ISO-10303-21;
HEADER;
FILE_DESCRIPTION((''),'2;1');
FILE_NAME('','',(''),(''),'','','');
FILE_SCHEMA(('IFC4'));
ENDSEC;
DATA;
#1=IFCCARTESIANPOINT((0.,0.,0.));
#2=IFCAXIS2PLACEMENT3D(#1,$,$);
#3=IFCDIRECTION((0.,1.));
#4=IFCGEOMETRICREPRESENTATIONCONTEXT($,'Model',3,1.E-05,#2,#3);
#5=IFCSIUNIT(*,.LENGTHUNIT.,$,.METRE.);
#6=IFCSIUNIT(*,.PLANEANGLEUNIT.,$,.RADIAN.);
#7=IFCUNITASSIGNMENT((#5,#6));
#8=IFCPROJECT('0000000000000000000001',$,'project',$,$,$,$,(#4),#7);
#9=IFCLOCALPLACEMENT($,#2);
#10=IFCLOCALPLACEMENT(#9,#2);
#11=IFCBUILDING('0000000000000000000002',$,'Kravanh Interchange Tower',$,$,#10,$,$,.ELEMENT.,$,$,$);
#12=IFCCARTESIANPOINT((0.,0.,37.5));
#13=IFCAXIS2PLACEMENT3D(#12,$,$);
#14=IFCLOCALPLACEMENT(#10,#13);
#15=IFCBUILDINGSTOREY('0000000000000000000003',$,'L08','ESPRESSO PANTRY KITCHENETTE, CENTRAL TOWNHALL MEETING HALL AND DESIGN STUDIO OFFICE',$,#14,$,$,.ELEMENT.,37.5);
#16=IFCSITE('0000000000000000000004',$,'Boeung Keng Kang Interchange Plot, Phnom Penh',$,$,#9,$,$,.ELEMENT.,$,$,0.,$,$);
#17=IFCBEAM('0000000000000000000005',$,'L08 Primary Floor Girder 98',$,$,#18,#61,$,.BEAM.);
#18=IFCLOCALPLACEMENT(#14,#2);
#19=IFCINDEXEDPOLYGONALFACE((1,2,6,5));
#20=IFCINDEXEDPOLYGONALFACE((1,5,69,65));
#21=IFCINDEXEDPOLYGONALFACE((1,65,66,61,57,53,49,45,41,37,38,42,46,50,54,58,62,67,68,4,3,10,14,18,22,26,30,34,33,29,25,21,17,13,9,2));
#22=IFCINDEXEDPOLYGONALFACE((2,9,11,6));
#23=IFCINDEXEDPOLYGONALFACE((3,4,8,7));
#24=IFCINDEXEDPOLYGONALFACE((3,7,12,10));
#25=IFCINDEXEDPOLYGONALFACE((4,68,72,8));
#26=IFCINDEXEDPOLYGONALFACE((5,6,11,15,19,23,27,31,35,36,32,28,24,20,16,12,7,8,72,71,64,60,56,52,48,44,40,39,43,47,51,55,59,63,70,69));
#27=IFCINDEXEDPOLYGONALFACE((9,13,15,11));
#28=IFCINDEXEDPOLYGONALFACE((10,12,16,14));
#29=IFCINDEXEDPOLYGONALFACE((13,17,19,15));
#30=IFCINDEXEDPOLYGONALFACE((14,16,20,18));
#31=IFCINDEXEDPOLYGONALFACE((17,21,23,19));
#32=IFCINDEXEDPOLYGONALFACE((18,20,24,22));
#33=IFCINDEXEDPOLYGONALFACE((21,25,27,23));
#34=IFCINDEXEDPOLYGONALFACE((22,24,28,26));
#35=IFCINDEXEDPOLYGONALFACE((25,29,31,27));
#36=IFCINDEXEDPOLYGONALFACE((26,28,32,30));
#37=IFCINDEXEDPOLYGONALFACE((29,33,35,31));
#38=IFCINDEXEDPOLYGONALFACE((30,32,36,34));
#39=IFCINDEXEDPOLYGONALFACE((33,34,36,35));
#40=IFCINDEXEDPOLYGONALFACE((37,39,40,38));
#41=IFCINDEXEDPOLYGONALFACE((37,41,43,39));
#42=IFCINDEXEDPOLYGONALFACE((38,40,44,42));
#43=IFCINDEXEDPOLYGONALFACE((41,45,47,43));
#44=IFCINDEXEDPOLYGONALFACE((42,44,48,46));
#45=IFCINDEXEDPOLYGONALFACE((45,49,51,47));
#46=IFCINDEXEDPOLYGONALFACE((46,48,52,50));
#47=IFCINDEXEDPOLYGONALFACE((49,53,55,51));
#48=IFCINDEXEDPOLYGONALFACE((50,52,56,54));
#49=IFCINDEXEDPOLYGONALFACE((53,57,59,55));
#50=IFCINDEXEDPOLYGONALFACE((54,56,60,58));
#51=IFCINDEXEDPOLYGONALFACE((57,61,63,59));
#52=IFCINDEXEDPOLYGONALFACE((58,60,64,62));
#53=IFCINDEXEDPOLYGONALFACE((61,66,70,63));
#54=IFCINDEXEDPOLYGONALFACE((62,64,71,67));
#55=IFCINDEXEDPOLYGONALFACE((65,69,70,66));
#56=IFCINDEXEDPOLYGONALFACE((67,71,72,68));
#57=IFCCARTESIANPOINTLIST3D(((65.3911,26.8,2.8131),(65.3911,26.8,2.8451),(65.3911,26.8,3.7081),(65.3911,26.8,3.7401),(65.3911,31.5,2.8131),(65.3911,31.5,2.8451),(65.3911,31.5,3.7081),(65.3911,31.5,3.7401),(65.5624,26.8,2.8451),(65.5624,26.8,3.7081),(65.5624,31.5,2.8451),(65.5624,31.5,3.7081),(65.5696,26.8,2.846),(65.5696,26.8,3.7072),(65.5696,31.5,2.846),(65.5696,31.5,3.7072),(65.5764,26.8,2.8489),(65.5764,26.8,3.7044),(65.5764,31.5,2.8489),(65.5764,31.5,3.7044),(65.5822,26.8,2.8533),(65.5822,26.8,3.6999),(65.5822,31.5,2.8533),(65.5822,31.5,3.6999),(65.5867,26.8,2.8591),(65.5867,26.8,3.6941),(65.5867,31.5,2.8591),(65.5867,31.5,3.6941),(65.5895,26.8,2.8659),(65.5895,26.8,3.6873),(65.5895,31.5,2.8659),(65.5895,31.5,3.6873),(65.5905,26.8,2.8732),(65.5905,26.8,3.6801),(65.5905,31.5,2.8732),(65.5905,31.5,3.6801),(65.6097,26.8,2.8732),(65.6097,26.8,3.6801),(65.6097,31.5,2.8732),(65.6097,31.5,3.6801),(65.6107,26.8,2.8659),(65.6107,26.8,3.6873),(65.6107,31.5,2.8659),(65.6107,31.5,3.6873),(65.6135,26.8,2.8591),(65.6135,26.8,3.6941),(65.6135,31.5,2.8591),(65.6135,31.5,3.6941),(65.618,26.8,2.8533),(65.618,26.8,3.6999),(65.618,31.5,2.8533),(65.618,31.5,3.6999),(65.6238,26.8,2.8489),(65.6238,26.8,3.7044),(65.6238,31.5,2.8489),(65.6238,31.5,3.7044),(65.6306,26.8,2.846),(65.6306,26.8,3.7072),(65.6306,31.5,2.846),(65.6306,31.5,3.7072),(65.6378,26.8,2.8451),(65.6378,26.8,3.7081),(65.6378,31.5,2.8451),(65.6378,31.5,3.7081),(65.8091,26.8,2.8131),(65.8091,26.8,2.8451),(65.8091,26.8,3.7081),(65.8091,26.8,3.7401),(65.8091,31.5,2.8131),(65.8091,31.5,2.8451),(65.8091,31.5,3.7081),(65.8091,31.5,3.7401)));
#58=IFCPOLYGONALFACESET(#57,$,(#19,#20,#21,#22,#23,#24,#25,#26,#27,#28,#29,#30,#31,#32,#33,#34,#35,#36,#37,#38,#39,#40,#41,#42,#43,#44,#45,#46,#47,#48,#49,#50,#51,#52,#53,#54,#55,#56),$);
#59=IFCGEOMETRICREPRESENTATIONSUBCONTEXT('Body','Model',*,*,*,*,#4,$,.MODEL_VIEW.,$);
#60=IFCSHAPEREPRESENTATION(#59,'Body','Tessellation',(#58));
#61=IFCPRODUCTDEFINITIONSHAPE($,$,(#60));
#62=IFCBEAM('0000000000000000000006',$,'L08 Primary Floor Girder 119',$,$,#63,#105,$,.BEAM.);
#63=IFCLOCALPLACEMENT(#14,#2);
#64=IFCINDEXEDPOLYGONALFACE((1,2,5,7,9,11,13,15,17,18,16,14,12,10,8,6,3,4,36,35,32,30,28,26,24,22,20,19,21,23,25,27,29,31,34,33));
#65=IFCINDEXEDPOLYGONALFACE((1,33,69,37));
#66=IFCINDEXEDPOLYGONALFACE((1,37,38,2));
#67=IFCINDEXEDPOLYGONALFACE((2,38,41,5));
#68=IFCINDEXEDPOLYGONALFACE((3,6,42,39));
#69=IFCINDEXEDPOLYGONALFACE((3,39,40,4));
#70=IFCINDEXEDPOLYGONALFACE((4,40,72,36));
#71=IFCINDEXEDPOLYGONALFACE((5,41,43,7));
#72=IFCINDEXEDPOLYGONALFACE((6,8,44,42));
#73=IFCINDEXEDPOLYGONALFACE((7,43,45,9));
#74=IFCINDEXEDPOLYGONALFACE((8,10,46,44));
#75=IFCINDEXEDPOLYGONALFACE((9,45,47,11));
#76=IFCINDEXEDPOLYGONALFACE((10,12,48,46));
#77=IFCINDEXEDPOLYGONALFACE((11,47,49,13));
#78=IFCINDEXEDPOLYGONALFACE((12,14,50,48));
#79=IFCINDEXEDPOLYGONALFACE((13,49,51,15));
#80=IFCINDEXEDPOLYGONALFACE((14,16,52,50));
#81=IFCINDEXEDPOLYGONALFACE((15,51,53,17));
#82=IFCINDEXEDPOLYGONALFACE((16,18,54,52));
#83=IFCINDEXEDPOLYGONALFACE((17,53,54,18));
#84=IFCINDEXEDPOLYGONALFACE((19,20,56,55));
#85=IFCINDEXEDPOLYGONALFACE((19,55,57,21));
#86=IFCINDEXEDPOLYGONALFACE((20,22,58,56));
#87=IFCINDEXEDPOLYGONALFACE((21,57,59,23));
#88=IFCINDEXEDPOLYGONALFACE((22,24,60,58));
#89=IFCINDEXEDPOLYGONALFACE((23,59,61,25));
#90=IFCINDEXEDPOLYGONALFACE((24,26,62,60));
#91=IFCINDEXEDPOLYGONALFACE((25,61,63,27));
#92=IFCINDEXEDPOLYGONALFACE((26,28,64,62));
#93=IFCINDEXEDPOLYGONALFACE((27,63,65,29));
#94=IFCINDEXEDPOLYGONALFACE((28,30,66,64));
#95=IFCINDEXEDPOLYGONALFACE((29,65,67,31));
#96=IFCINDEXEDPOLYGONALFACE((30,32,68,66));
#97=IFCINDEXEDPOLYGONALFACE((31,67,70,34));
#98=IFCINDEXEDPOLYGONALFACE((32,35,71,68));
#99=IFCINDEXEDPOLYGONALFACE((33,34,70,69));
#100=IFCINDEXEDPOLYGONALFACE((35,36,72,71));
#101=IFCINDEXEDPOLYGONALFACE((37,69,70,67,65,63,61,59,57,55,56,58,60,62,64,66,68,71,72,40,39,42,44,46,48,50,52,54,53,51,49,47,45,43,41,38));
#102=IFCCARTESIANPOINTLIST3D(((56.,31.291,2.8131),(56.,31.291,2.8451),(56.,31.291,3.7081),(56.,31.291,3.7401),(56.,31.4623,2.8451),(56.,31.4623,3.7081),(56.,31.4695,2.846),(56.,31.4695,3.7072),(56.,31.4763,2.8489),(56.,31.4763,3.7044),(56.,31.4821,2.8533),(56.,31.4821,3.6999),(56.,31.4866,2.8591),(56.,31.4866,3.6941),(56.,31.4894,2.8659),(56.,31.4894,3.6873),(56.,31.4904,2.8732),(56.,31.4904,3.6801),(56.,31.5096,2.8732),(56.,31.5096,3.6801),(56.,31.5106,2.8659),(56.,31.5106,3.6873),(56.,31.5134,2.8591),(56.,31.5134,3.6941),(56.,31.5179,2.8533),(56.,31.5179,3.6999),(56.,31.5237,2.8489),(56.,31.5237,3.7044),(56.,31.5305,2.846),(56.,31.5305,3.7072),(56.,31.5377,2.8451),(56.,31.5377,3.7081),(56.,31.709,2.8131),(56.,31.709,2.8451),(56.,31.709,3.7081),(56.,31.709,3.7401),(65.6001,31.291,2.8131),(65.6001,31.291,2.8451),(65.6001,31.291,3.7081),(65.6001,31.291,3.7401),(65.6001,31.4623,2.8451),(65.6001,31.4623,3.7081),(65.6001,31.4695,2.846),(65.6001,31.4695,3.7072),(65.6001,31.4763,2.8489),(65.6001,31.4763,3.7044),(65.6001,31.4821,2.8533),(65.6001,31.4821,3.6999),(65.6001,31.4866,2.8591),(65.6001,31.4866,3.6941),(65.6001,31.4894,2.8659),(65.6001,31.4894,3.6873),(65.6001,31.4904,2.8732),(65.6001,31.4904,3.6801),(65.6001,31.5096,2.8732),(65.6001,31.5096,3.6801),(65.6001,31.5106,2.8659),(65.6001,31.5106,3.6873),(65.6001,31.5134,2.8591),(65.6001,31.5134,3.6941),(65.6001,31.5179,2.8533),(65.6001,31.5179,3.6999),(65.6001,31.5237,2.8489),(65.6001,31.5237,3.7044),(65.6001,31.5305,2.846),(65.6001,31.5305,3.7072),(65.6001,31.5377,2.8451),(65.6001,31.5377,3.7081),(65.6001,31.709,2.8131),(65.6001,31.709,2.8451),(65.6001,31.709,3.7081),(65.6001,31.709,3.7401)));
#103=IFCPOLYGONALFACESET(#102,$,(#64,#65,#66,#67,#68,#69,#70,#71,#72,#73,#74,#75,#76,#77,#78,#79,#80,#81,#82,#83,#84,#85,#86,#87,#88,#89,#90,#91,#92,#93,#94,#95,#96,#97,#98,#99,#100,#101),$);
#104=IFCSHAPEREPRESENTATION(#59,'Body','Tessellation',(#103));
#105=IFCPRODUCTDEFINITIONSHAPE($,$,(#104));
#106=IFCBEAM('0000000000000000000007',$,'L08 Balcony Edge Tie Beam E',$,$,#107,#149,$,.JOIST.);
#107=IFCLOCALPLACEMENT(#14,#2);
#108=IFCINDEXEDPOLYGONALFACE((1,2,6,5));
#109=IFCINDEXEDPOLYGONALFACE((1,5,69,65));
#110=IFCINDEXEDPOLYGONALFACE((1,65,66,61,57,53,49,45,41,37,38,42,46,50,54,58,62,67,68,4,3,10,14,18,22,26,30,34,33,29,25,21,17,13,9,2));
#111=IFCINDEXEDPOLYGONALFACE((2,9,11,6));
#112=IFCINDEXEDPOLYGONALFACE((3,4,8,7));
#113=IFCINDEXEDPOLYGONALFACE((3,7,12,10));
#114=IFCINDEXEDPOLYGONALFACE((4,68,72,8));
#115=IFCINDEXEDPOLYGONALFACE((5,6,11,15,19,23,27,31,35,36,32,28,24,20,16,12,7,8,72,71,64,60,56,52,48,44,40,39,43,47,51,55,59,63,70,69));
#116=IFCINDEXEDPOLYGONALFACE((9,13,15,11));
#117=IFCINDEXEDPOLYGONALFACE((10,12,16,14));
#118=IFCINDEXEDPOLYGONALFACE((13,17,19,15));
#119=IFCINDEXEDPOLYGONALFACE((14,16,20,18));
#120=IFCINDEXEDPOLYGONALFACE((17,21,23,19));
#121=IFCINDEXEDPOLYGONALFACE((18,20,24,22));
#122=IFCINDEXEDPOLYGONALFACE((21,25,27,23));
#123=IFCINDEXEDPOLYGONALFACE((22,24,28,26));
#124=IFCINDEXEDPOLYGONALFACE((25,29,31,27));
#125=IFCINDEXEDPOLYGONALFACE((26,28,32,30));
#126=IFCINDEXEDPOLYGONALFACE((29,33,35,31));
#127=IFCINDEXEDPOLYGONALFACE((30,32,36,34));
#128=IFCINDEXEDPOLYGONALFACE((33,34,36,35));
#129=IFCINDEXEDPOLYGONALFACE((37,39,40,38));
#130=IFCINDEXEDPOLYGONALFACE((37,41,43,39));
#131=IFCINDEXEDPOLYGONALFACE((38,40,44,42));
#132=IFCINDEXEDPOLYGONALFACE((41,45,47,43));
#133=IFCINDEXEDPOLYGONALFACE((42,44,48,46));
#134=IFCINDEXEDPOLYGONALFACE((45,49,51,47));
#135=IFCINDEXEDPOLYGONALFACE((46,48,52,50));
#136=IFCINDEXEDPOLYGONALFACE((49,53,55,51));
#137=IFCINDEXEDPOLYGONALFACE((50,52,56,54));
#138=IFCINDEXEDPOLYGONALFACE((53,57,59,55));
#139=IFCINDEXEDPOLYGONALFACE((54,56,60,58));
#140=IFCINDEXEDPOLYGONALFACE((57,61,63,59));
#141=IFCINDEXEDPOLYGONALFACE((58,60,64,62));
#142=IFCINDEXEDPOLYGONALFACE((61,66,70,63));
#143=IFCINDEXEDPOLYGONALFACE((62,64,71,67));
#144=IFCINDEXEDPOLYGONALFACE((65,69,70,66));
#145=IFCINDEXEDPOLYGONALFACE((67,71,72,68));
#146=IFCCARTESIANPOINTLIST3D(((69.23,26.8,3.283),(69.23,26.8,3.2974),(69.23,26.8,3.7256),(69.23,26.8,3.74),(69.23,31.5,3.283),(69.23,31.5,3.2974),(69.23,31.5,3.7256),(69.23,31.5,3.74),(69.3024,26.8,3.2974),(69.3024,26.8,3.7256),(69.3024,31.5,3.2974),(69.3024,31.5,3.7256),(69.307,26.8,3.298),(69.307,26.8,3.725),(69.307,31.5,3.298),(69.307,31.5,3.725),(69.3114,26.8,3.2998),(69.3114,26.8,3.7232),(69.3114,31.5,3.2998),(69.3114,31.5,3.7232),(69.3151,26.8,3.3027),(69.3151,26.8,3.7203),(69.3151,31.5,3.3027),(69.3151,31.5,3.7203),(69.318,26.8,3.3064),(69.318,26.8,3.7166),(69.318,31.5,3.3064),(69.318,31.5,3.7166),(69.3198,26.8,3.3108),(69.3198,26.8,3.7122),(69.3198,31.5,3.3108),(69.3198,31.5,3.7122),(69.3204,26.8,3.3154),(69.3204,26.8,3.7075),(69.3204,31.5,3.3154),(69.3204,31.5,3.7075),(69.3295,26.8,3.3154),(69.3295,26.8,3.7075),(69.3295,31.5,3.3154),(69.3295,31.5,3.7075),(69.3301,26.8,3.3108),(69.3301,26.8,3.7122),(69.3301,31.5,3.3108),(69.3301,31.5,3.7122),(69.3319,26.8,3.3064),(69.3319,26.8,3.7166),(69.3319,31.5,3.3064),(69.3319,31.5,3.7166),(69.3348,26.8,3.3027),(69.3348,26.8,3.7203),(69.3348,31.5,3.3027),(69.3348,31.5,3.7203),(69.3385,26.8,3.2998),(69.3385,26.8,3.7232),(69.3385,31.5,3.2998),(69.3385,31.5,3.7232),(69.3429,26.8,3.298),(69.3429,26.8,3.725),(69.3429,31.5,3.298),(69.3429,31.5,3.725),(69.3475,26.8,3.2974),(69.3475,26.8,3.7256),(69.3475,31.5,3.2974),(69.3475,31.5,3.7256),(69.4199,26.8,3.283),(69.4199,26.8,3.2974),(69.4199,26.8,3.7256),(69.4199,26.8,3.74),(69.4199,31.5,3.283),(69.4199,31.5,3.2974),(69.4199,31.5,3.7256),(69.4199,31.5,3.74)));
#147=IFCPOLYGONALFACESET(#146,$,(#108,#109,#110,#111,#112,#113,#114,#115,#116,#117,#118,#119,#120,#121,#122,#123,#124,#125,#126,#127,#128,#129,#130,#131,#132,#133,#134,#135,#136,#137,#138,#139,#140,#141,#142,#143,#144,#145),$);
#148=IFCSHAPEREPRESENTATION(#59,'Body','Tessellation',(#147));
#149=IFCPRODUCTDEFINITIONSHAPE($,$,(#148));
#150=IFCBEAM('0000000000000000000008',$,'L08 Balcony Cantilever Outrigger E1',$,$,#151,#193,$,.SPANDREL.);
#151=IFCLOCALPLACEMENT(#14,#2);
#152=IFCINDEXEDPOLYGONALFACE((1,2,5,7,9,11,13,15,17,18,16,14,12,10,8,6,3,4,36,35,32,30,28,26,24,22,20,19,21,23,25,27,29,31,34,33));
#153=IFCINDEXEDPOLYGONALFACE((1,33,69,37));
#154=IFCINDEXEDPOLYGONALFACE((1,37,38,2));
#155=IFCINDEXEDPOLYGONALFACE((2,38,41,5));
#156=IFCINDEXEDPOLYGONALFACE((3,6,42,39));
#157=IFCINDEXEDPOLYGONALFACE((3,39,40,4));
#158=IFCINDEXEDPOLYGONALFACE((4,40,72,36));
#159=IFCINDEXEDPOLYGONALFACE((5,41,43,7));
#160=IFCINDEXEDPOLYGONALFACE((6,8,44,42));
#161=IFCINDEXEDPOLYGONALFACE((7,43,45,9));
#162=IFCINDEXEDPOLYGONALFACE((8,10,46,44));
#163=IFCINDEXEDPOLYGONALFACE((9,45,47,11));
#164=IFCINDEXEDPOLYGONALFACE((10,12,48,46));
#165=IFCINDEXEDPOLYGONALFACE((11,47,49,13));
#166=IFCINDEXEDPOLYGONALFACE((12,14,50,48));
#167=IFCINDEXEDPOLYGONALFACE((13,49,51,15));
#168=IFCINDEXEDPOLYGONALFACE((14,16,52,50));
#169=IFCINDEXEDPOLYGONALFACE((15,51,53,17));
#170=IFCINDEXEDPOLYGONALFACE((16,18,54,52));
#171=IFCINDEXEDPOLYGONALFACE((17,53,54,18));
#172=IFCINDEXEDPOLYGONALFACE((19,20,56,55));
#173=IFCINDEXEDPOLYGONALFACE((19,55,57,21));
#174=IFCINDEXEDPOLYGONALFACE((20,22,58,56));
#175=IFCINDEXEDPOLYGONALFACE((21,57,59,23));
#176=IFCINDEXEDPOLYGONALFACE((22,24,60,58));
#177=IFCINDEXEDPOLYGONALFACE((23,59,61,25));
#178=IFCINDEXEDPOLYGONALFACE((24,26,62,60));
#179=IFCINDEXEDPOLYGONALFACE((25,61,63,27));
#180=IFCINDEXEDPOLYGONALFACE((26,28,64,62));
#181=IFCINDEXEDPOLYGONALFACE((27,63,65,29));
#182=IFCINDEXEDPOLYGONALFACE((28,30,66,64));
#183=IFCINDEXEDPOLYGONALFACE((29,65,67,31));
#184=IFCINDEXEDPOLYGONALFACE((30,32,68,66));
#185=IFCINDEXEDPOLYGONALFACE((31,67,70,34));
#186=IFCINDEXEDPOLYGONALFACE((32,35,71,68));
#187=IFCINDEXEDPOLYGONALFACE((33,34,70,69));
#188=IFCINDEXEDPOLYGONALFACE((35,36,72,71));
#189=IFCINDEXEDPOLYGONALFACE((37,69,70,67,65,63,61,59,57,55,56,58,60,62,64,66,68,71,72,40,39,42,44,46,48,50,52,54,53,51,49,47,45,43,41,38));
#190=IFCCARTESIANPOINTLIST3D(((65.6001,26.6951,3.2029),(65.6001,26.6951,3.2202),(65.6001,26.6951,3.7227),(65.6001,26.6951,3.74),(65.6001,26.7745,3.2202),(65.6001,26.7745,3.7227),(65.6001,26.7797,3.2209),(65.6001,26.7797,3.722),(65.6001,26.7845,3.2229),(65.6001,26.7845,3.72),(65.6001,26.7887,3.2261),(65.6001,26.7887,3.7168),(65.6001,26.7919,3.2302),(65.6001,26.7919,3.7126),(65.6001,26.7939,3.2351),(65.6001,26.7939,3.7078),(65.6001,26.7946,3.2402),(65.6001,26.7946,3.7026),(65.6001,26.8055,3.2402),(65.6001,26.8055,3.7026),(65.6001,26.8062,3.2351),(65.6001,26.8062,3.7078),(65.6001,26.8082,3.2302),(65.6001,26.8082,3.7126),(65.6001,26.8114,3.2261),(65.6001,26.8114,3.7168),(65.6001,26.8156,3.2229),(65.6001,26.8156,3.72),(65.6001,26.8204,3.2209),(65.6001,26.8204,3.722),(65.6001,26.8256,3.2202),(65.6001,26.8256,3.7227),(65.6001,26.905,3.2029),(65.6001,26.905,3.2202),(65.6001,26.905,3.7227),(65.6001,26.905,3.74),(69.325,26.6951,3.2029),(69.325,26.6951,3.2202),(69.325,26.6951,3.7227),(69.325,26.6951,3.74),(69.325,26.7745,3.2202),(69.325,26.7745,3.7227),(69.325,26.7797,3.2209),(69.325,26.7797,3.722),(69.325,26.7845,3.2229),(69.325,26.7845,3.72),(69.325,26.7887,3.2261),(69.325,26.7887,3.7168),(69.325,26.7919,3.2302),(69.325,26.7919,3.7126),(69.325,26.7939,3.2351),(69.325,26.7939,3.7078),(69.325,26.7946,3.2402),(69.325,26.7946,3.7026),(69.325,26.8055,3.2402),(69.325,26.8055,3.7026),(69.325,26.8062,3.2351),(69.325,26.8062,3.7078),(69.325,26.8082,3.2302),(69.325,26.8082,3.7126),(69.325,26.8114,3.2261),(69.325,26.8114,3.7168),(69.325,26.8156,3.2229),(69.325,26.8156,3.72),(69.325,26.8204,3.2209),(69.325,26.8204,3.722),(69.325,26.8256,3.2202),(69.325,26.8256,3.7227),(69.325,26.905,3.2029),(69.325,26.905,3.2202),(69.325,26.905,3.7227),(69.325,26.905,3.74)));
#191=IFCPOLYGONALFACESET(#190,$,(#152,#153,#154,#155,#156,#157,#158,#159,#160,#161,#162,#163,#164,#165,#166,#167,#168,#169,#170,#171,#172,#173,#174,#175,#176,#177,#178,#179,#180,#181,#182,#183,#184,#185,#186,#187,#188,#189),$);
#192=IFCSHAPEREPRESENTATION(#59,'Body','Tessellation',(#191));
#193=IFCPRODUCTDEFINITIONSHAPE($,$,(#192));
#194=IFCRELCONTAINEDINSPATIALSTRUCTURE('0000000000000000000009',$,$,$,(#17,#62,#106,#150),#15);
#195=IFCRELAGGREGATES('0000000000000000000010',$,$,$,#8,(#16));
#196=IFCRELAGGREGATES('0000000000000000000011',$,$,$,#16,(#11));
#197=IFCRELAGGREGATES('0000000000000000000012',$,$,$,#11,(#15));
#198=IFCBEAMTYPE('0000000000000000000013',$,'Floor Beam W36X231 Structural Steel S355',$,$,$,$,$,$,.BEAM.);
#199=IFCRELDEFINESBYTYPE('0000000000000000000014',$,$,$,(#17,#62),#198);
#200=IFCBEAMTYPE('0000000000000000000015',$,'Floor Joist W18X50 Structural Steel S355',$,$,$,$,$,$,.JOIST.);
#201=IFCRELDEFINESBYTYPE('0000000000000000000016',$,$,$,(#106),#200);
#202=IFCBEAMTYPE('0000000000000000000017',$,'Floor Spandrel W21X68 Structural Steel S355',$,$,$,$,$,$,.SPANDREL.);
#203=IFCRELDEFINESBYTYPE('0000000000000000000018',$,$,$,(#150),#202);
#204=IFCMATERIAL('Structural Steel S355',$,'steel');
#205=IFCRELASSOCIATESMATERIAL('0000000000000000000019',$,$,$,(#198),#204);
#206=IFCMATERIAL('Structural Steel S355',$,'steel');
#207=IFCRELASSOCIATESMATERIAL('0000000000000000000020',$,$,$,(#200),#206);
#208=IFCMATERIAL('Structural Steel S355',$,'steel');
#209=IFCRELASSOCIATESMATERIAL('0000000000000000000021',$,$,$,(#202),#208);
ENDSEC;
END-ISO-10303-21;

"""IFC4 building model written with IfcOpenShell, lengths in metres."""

from ifc_helpers import new_model, si_unit, direction, frame, origin, origin_2d, place, context, subcontext, project, spatial, i_section, extrude, material, material_profile, profile_set, type_object, element, save


model = new_model("IFC4")

# Units and contexts
model_context = context("Model", 3, precision=1e-05, world=origin(), true_north=direction((0.0, 1.0)))
body_context = subcontext(model_context, "Body", "Model", "MODEL_VIEW")
ifc_project = project(units=[si_unit("LENGTHUNIT", "METRE"), si_unit("PLANEANGLEUNIT", "RADIAN")], contexts=[model_context])

# Site, building, storey
site_placement = place(None, origin())
site = spatial("IfcSite", under=ifc_project, at=site_placement, Name="Boeung Keng Kang Interchange Plot, Phnom Penh", CompositionType="ELEMENT", RefElevation=0.0)
building_placement = place(site_placement, origin())
building = spatial("IfcBuilding", under=site, at=building_placement, Name="Kravanh Interchange Tower", CompositionType="ELEMENT")
storey_placement = place(building_placement, frame((0.0, 0.0, 37.5)))
storey = spatial("IfcBuildingStorey", under=building, at=storey_placement, Name="L08", Description="ESPRESSO PANTRY KITCHENETTE, CENTRAL TOWNHALL MEETING HALL AND DESIGN STUDIO OFFICE", CompositionType="ELEMENT", Elevation=37.5)

# Beams
ifc_material_1 = material(Name="Structural Steel S355", Category="steel")
ifc_material_profile_1 = material_profile(ifc_material_1, i_section(OverallWidth=0.418, OverallDepth=0.927, WebThickness=0.0193, FlangeThickness=0.032, FilletRadius=0.0281, at=origin_2d()), Name="W36X231")
ifc_profile_set_1 = profile_set([ifc_material_profile_1], Name="Structural Steel S355")
beam_type_1 = type_object("IfcBeamType", Name="Floor Beam W36X231 Structural Steel S355", PredefinedType="BEAM", material=ifc_profile_set_1)
beam_1_placement = place(storey_placement, frame((65.6001, 26.8, 3.2766), z_axis=(0.0, 1.0, 0.0), x_axis=(-1.0, 0.0, 0.0)))
element("IfcBeam", 1, at=beam_1_placement, inside=storey, type_object=beam_type_1, Name="L08 Primary Floor Girder 98", PredefinedType="BEAM", context=body_context, shape_type="SweptSolid", body=[
    extrude(i_section(OverallWidth=0.418, OverallDepth=0.927, WebThickness=0.0193, FlangeThickness=0.032, FilletRadius=0.0281, at=origin_2d()), origin(), (0.0, 0.0, 1.0), 4.7),
])
beam_2_placement = place(storey_placement, frame((56.0, 31.5, 3.2766), z_axis=(1.0, 0.0, 0.0), x_axis=(0.0, 1.0, 0.0)))
element("IfcBeam", 2, at=beam_2_placement, inside=storey, type_object=beam_type_1, Name="L08 Primary Floor Girder 119", PredefinedType="BEAM", context=body_context, shape_type="SweptSolid", body=[
    extrude(i_section(OverallWidth=0.418, OverallDepth=0.927, WebThickness=0.0193, FlangeThickness=0.032, FilletRadius=0.0281, at=origin_2d()), origin(), (0.0, 0.0, 1.0), 9.6001),
])
ifc_material_2 = material(Name="Structural Steel S355", Category="steel")
ifc_material_profile_2 = material_profile(ifc_material_2, i_section(OverallWidth=0.1899, OverallDepth=0.457, WebThickness=0.009, FlangeThickness=0.0144, FilletRadius=0.0181, at=origin_2d()), Name="W18X50")
ifc_profile_set_2 = profile_set([ifc_material_profile_2], Name="Structural Steel S355")
beam_type_2 = type_object("IfcBeamType", Name="Floor Joist W18X50 Structural Steel S355", PredefinedType="JOIST", material=ifc_profile_set_2)
beam_3_placement = place(storey_placement, frame((69.325, 26.8, 3.5115), z_axis=(0.0, 1.0, 0.0), x_axis=(-1.0, 0.0, 0.0)))
element("IfcBeam", 3, at=beam_3_placement, inside=storey, type_object=beam_type_2, Name="L08 Balcony Edge Tie Beam E", PredefinedType="JOIST", context=body_context, shape_type="SweptSolid", body=[
    extrude(i_section(OverallWidth=0.1899, OverallDepth=0.457, WebThickness=0.009, FlangeThickness=0.0144, FilletRadius=0.0181, at=origin_2d()), origin(), (0.0, 0.0, 1.0), 4.7),
])
ifc_material_3 = material(Name="Structural Steel S355", Category="steel")
ifc_material_profile_3 = material_profile(ifc_material_3, i_section(OverallWidth=0.21, OverallDepth=0.5371, WebThickness=0.011, FlangeThickness=0.0173, FilletRadius=0.02, at=origin_2d()), Name="W21X68")
ifc_profile_set_3 = profile_set([ifc_material_profile_3], Name="Structural Steel S355")
beam_type_3 = type_object("IfcBeamType", Name="Floor Spandrel W21X68 Structural Steel S355", PredefinedType="SPANDREL", material=ifc_profile_set_3)
for number, where, z_axis, x_axis, name in (
    (4, (65.6001, 26.8, 3.4714), (1.0, 0.0, 0.0), (0.0, 1.0, 0.0), "L08 Balcony Cantilever Outrigger E1"),
):
    element("IfcBeam", number, at=place(storey_placement, frame(where, z_axis=z_axis, x_axis=x_axis)), inside=storey, type_object=beam_type_3, Name=name, PredefinedType="SPANDREL", context=body_context, shape_type="SweptSolid", body=[
        extrude(i_section(OverallWidth=0.21, OverallDepth=0.5371, WebThickness=0.011, FlangeThickness=0.0173, FilletRadius=0.02, at=origin_2d()), origin(), (0.0, 0.0, 1.0), 3.7249),
    ])

save(model, "model.ifc")
